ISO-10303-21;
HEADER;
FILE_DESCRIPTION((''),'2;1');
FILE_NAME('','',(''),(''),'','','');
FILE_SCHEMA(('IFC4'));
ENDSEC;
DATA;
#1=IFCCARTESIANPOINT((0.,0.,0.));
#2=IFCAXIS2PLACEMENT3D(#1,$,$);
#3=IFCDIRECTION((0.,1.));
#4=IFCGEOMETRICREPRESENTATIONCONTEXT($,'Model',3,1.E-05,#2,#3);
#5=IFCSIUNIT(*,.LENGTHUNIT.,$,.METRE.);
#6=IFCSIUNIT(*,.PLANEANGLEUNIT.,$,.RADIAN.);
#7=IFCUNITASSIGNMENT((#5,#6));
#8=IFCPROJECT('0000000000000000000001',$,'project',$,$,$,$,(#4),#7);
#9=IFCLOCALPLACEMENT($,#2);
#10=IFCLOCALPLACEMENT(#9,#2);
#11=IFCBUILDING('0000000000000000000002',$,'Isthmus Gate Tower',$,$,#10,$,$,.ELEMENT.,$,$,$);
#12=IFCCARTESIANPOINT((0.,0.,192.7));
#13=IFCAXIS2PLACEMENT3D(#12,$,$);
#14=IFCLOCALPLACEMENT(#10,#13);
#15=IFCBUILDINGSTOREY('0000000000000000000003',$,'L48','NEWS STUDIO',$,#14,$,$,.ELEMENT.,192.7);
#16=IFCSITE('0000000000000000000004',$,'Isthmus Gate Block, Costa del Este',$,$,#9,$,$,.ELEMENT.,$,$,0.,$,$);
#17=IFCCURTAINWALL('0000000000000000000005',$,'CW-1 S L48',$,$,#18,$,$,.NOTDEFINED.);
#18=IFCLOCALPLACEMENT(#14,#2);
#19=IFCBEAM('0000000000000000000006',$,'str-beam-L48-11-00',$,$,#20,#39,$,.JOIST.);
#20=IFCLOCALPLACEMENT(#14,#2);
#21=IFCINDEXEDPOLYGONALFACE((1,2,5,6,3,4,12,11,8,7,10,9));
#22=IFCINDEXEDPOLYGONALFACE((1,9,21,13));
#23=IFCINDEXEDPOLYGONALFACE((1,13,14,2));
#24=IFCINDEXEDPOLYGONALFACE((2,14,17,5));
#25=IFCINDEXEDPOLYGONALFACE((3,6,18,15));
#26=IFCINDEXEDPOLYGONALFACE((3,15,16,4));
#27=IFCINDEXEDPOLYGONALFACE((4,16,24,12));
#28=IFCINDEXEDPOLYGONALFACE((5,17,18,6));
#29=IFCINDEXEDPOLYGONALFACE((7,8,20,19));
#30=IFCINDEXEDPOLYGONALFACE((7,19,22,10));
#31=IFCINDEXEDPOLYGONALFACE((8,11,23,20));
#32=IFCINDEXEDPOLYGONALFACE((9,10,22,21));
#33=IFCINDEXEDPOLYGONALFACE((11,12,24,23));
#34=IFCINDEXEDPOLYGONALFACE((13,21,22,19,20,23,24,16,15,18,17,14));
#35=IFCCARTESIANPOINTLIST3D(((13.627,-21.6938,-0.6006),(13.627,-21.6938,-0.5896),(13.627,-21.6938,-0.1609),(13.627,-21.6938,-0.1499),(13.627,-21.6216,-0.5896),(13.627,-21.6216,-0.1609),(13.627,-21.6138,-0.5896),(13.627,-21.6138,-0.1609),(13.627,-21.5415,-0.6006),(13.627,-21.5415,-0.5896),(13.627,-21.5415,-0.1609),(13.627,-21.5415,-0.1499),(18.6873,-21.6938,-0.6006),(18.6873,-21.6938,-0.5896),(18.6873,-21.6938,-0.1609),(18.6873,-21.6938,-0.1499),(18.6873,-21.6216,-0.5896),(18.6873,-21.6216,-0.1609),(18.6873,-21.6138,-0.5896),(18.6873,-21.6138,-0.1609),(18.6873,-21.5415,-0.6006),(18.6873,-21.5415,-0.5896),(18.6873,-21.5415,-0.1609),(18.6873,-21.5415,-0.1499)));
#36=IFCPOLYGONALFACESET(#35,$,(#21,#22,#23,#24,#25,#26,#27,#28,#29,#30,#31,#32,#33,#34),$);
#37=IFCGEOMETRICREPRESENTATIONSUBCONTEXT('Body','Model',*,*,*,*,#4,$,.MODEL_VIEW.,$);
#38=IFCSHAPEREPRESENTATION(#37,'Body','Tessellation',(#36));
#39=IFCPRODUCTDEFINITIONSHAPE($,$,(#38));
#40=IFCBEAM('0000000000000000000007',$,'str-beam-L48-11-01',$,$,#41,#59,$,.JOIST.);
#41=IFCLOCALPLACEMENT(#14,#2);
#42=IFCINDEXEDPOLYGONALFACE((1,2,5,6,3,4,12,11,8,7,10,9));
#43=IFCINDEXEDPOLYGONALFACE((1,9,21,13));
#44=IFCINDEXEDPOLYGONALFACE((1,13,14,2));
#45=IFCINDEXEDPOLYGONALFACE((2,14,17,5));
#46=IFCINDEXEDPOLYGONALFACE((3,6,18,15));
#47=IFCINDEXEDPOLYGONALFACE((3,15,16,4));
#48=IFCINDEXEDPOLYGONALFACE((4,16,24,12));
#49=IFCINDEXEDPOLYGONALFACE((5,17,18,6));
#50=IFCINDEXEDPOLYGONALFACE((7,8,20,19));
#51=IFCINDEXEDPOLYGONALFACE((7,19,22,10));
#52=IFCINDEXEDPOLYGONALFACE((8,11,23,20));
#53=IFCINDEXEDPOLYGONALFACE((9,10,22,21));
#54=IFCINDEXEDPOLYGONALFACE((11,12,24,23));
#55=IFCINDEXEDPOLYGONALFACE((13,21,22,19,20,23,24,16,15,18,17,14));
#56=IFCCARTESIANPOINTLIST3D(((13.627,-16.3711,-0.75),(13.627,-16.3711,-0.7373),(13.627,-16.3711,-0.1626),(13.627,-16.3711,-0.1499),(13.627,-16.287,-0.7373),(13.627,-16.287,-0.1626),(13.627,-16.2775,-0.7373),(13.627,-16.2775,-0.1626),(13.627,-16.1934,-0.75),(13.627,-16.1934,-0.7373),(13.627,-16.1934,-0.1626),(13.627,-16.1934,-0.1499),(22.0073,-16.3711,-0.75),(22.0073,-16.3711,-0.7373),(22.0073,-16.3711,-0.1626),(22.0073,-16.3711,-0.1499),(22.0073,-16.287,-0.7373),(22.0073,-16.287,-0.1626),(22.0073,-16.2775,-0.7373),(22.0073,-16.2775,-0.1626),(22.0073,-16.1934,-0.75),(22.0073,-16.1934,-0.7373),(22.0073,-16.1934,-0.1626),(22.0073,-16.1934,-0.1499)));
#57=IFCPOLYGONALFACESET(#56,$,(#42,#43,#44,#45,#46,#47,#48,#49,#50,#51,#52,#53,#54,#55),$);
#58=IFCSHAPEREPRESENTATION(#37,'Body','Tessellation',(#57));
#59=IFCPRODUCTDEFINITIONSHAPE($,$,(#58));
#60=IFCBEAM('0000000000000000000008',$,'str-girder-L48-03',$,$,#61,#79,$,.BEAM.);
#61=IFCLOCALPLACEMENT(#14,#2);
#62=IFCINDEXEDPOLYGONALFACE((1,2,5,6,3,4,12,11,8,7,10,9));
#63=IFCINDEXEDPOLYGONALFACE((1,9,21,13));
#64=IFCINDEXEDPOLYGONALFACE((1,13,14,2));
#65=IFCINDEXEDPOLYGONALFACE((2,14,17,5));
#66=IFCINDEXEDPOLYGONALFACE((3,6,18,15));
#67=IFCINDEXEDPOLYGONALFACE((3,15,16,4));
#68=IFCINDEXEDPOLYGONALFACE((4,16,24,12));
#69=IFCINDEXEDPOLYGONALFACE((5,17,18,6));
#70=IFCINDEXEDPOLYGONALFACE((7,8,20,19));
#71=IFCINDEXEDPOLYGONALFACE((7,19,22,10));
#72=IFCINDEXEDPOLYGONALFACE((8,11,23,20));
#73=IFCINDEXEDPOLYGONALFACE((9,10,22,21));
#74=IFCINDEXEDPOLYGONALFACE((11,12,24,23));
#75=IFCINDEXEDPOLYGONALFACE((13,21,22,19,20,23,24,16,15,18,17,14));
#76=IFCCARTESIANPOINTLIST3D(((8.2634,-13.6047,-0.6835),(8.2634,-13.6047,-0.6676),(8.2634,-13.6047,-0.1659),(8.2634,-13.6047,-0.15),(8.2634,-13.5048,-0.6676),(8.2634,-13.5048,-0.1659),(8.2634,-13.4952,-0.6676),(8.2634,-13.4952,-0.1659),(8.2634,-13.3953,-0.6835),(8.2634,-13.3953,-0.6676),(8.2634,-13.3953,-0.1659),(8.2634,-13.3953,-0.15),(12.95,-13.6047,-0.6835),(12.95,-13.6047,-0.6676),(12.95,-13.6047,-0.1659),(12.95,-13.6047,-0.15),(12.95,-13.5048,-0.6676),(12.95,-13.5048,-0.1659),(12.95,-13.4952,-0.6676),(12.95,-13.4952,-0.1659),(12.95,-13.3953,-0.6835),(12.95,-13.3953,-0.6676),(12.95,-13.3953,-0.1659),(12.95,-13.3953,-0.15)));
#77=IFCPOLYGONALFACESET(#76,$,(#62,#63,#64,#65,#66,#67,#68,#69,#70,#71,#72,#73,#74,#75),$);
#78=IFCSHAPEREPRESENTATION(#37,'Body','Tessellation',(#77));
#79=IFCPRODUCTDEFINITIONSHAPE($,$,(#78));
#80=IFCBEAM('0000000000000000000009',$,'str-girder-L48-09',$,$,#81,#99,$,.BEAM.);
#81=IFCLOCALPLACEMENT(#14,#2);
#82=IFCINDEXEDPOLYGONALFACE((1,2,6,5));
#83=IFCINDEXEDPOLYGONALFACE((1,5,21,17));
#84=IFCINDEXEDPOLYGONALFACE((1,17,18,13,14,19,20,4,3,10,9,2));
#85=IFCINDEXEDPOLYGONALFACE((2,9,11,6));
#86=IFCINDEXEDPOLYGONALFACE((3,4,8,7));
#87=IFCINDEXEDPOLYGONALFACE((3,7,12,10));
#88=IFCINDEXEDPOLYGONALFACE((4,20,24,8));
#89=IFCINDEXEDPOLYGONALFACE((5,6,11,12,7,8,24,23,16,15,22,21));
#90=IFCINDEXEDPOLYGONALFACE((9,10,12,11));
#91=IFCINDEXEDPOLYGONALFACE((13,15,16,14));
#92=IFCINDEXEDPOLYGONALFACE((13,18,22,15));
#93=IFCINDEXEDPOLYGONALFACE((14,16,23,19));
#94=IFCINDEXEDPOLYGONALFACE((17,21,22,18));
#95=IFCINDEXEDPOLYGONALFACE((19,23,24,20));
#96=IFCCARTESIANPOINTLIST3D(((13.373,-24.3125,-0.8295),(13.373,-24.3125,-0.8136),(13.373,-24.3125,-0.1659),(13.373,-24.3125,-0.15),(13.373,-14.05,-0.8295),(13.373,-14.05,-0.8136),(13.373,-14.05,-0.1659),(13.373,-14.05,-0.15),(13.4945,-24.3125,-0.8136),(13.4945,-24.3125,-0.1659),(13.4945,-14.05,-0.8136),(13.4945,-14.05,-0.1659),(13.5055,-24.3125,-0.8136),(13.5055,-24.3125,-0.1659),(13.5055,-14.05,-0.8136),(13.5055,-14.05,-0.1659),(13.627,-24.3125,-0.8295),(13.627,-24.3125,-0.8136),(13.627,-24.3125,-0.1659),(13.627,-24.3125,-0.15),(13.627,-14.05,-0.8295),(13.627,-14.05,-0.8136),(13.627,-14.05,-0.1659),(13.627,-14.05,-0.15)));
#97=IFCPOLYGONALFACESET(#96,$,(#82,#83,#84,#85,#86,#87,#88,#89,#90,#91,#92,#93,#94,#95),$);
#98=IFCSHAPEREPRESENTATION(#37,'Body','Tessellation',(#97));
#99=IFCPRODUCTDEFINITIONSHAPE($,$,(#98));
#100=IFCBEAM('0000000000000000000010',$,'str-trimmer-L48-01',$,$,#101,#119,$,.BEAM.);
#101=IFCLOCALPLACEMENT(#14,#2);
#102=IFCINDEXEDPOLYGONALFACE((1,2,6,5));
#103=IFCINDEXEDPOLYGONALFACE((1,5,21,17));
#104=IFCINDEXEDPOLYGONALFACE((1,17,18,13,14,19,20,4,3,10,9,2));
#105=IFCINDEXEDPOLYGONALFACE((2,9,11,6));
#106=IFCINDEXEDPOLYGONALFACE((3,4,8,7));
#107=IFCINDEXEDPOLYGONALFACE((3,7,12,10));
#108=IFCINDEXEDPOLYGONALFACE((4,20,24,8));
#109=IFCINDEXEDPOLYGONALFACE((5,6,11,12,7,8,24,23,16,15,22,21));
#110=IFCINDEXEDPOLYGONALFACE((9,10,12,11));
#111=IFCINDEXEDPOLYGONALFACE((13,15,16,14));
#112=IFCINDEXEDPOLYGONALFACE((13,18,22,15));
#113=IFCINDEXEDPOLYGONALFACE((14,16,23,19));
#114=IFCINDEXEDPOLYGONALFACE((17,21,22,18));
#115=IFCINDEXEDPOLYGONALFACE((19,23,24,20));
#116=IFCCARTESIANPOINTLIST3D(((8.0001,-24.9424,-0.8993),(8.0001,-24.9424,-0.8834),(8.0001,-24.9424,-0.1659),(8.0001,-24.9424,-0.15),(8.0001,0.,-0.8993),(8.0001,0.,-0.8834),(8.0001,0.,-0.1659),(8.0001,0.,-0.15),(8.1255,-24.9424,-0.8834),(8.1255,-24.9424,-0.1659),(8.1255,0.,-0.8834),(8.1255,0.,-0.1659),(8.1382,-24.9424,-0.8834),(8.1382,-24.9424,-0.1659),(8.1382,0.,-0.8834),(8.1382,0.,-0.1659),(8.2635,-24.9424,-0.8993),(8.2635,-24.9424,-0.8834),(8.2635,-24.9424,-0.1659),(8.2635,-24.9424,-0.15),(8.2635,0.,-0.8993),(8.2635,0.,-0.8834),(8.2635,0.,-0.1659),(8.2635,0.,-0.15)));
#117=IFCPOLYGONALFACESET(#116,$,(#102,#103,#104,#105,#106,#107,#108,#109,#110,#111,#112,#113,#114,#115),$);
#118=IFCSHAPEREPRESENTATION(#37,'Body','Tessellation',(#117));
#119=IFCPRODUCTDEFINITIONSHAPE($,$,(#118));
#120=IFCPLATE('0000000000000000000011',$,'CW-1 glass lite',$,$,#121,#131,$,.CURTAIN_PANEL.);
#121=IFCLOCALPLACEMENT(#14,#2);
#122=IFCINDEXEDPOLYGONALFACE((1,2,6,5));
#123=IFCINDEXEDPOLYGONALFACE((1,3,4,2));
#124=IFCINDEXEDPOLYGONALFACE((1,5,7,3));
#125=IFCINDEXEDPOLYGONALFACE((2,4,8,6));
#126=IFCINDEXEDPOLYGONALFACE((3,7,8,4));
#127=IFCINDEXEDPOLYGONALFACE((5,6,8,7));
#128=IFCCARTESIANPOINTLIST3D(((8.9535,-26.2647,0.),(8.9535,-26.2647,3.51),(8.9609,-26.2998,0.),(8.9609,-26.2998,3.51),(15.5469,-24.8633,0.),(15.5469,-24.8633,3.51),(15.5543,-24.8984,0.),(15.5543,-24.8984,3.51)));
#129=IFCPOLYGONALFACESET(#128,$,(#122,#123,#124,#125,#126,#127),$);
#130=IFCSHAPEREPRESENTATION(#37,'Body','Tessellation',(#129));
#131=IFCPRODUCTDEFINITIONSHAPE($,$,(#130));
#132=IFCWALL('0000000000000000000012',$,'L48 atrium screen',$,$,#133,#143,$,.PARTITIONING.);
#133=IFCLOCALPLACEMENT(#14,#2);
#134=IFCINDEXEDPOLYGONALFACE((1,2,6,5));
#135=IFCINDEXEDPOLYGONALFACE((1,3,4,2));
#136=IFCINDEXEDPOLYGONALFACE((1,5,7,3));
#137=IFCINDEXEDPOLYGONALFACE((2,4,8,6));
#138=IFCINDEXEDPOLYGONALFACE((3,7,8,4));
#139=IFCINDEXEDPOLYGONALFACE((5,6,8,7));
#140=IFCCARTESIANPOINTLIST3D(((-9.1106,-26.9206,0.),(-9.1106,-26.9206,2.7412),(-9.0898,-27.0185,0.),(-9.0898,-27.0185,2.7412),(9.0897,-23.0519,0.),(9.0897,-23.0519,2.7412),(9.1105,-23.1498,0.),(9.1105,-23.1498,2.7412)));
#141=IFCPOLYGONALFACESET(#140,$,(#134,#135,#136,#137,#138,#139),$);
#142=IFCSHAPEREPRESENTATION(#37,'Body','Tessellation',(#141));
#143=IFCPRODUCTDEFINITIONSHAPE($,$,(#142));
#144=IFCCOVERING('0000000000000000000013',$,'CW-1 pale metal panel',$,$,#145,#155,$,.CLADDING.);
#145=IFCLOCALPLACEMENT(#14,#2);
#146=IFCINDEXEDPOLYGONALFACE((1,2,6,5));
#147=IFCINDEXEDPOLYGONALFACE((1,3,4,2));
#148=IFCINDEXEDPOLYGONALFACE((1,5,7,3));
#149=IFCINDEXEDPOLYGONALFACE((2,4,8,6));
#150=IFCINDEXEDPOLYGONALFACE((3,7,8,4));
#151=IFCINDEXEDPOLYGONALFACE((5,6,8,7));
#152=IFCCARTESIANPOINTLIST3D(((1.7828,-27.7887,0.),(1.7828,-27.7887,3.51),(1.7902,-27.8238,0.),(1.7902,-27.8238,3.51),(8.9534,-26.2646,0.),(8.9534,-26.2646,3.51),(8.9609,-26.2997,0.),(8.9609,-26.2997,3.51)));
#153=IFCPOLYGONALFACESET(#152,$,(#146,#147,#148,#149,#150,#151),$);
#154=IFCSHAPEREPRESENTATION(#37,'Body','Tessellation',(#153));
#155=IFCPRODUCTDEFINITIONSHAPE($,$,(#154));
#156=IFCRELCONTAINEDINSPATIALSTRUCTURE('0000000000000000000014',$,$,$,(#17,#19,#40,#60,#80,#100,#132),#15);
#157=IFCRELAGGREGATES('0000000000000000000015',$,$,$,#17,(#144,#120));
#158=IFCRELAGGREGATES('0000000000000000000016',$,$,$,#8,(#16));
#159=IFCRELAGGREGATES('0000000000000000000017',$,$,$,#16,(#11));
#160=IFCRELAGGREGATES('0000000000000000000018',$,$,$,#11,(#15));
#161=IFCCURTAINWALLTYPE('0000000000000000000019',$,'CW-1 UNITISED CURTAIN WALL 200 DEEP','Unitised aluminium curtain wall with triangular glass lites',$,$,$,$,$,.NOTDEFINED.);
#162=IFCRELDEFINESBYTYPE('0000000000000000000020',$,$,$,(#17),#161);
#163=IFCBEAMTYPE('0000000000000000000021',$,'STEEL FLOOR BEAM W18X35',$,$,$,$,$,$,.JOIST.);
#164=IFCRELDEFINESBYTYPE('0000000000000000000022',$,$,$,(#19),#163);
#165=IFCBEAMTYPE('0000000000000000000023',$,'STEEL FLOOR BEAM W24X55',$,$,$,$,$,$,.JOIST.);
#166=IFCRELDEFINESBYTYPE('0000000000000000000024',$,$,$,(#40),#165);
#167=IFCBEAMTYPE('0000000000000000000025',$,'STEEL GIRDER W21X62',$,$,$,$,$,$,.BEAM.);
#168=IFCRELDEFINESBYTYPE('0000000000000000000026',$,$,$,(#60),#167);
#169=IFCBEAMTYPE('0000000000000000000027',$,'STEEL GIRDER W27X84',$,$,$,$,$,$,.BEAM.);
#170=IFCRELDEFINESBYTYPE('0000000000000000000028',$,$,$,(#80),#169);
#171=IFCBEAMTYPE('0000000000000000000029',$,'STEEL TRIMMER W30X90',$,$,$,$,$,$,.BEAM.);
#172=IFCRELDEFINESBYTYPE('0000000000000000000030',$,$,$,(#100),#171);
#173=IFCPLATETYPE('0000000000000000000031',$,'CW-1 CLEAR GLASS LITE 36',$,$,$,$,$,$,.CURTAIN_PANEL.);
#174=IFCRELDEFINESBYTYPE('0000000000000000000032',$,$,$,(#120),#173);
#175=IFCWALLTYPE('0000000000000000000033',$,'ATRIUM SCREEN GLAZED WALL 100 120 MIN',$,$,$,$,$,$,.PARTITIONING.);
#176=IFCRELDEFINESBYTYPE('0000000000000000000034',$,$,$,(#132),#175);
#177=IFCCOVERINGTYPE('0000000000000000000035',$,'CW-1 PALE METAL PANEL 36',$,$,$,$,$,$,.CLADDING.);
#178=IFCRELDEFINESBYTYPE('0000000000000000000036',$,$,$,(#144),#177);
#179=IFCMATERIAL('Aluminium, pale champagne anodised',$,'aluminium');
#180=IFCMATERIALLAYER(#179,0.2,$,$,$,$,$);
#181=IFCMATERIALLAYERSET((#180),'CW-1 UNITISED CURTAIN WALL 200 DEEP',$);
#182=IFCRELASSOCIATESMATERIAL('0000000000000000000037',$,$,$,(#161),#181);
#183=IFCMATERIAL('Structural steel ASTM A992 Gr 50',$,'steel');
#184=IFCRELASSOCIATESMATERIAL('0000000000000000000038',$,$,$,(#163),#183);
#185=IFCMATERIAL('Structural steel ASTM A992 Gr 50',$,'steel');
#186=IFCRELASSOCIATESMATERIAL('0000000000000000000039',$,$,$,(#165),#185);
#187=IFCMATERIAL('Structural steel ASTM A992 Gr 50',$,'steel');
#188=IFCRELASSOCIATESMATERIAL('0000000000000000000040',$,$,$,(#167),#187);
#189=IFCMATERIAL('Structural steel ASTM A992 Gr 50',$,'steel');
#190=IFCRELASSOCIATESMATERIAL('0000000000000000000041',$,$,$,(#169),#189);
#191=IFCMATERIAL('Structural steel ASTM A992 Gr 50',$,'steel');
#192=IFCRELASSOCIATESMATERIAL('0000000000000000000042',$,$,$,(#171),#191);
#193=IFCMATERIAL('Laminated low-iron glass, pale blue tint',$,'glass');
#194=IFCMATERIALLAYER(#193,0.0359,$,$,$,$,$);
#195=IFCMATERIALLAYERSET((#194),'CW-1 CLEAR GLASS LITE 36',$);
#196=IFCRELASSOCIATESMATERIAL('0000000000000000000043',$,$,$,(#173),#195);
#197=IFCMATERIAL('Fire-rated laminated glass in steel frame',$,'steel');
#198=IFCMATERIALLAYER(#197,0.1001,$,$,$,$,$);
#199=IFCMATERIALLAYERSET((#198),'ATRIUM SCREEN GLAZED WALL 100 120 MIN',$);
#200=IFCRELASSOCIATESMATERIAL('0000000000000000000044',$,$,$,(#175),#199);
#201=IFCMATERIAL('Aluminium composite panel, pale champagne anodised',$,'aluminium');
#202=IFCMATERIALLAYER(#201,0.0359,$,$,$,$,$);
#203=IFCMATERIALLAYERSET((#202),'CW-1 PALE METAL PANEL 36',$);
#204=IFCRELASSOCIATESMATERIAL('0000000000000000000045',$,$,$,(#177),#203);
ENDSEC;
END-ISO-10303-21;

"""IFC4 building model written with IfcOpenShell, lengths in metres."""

from ifc_helpers import new_model, si_unit, direction, frame, frame_2d, origin, origin_2d, place, context, subcontext, project, spatial, rectangle, i_section, extrude, material, layer, layer_set, material_profile, profile_set, type_object, element, aggregate, save


model = new_model("IFC4")

# Units and contexts
model_context = context("Model", 3, precision=1e-05, world=origin(), true_north=direction((0.0, 1.0)))
body_context = subcontext(model_context, "Body", "Model", "MODEL_VIEW")
ifc_project = project(units=[si_unit("LENGTHUNIT", "METRE"), si_unit("PLANEANGLEUNIT", "RADIAN")], contexts=[model_context])

# Site, building, storey
site_placement = place(None, origin())
site = spatial("IfcSite", under=ifc_project, at=site_placement, Name="Isthmus Gate Block, Costa del Este", CompositionType="ELEMENT", RefElevation=0.0)
building_placement = place(site_placement, origin())
building = spatial("IfcBuilding", under=site, at=building_placement, Name="Isthmus Gate Tower", CompositionType="ELEMENT")
storey_placement = place(building_placement, frame((0.0, 0.0, 192.7)))
storey = spatial("IfcBuildingStorey", under=building, at=storey_placement, Name="L48", Description="NEWS STUDIO", CompositionType="ELEMENT", Elevation=192.7)

# Curtain wall
ifc_material_1 = material(Name="Aluminium, pale champagne anodised", Category="aluminium")
ifc_layer_1 = layer(ifc_material_1, 0.2)
ifc_layer_set_1 = layer_set([ifc_layer_1], Name="CW-1 UNITISED CURTAIN WALL 200 DEEP")
curtain_wall_type = type_object("IfcCurtainWallType", Name="CW-1 UNITISED CURTAIN WALL 200 DEEP", Description="Unitised aluminium curtain wall with triangular glass lites", PredefinedType="NOTDEFINED", material=ifc_layer_set_1)
curtain_wall_placement = place(storey_placement, origin())
curtain_wall = element("IfcCurtainWall", 1, at=curtain_wall_placement, inside=storey, type_object=curtain_wall_type, Name="CW-1 S L48", PredefinedType="NOTDEFINED")

# Beams
ifc_material_2 = material(Name="Structural steel ASTM A992 Gr 50", Category="steel")
ifc_material_profile_1 = material_profile(ifc_material_2, i_section(OverallWidth=0.1523, OverallDepth=0.4507, WebThickness=0.0078, FlangeThickness=0.011, at=origin_2d()), Name="W18X35")
ifc_profile_set_1 = profile_set([ifc_material_profile_1], Name="Structural steel ASTM A992 Gr 50")
beam_type_1 = type_object("IfcBeamType", Name="STEEL FLOOR BEAM W18X35", PredefinedType="JOIST", material=ifc_profile_set_1)
beam_1_placement = place(storey_placement, frame((13.627, -21.6177, -0.3752), z_axis=(1.0, 0.0, 0.0), x_axis=(0.0, 1.0, 0.0)))
element("IfcBeam", 2, at=beam_1_placement, inside=storey, type_object=beam_type_1, Name="str-beam-L48-11-00", PredefinedType="JOIST", context=body_context, shape_type="SweptSolid", body=[
    extrude(i_section(OverallWidth=0.1523, OverallDepth=0.4507, WebThickness=0.0078, FlangeThickness=0.011, at=origin_2d()), origin(), (0.0, 0.0, 1.0), 5.0603),
])
ifc_material_3 = material(Name="Structural steel ASTM A992 Gr 50", Category="steel")
ifc_material_profile_2 = material_profile(ifc_material_3, i_section(OverallWidth=0.1777, OverallDepth=0.6001, WebThickness=0.0095, FlangeThickness=0.0127, at=origin_2d()), Name="W24X55")
ifc_profile_set_2 = profile_set([ifc_material_profile_2], Name="Structural steel ASTM A992 Gr 50")
beam_type_2 = type_object("IfcBeamType", Name="STEEL FLOOR BEAM W24X55", PredefinedType="JOIST", material=ifc_profile_set_2)
beam_2_placement = place(storey_placement, frame((13.627, -16.2822, -0.45), z_axis=(1.0, 0.0, 0.0), x_axis=(0.0, 1.0, 0.0)))
element("IfcBeam", 3, at=beam_2_placement, inside=storey, type_object=beam_type_2, Name="str-beam-L48-11-01", PredefinedType="JOIST", context=body_context, shape_type="SweptSolid", body=[
    extrude(i_section(OverallWidth=0.1777, OverallDepth=0.6001, WebThickness=0.0095, FlangeThickness=0.0127, at=origin_2d()), origin(), (0.0, 0.0, 1.0), 8.3804),
])
ifc_material_4 = material(Name="Structural steel ASTM A992 Gr 50", Category="steel")
ifc_material_profile_3 = material_profile(ifc_material_4, i_section(OverallWidth=0.2095, OverallDepth=0.5334, WebThickness=0.0095, FlangeThickness=0.0159, at=origin_2d()), Name="W21X62")
ifc_profile_set_3 = profile_set([ifc_material_profile_3], Name="Structural steel ASTM A992 Gr 50")
beam_type_3 = type_object("IfcBeamType", Name="STEEL GIRDER W21X62", PredefinedType="BEAM", material=ifc_profile_set_3)
beam_3_placement = place(storey_placement, frame((8.2634, -13.5, -0.4167), z_axis=(1.0, 0.0, 0.0), x_axis=(0.0, 1.0, 0.0)))
element("IfcBeam", 4, at=beam_3_placement, inside=storey, type_object=beam_type_3, Name="str-girder-L48-03", PredefinedType="BEAM", context=body_context, shape_type="SweptSolid", body=[
    extrude(i_section(OverallWidth=0.2095, OverallDepth=0.5334, WebThickness=0.0095, FlangeThickness=0.0159, at=origin_2d()), origin(), (0.0, 0.0, 1.0), 4.6865),
])
ifc_material_5 = material(Name="Structural steel ASTM A992 Gr 50", Category="steel")
ifc_material_profile_4 = material_profile(ifc_material_5, i_section(OverallWidth=0.2539, OverallDepth=0.6794, WebThickness=0.011, FlangeThickness=0.0159, at=origin_2d()), Name="W27X84")
ifc_profile_set_4 = profile_set([ifc_material_profile_4], Name="Structural steel ASTM A992 Gr 50")
beam_type_4 = type_object("IfcBeamType", Name="STEEL GIRDER W27X84", PredefinedType="BEAM", material=ifc_profile_set_4)
beam_4_placement = place(storey_placement, frame((13.5, -24.3125, -0.4897), z_axis=(0.0, 1.0, 0.0), x_axis=(-1.0, 0.0, 0.0)))
element("IfcBeam", 5, at=beam_4_placement, inside=storey, type_object=beam_type_4, Name="str-girder-L48-09", PredefinedType="BEAM", context=body_context, shape_type="SweptSolid", body=[
    extrude(i_section(OverallWidth=0.2539, OverallDepth=0.6794, WebThickness=0.011, FlangeThickness=0.0159, at=origin_2d()), origin(), (0.0, 0.0, 1.0), 10.2625),
])
ifc_material_6 = material(Name="Structural steel ASTM A992 Gr 50", Category="steel")
ifc_material_profile_5 = material_profile(ifc_material_6, i_section(OverallWidth=0.2634, OverallDepth=0.7493, WebThickness=0.0127, FlangeThickness=0.0159, at=origin_2d()), Name="W30X90")
ifc_profile_set_5 = profile_set([ifc_material_profile_5], Name="Structural steel ASTM A992 Gr 50")
beam_type_5 = type_object("IfcBeamType", Name="STEEL TRIMMER W30X90", PredefinedType="BEAM", material=ifc_profile_set_5)
beam_5_placement = place(storey_placement, frame((8.1318, -24.9424, -0.5247), z_axis=(0.0, 1.0, 0.0), x_axis=(-1.0, 0.0, 0.0)))
element("IfcBeam", 6, at=beam_5_placement, inside=storey, type_object=beam_type_5, Name="str-trimmer-L48-01", PredefinedType="BEAM", context=body_context, shape_type="SweptSolid", body=[
    extrude(i_section(OverallWidth=0.2634, OverallDepth=0.7493, WebThickness=0.0127, FlangeThickness=0.0159, at=origin_2d()), origin(), (0.0, 0.0, 1.0), 24.9424),
])

# Plate
ifc_material_7 = material(Name="Laminated low-iron glass, pale blue tint", Category="glass")
ifc_layer_2 = layer(ifc_material_7, 0.0359)
ifc_layer_set_2 = layer_set([ifc_layer_2], Name="CW-1 CLEAR GLASS LITE 36")
plate_type = type_object("IfcPlateType", Name="CW-1 CLEAR GLASS LITE 36", PredefinedType="CURTAIN_PANEL", material=ifc_layer_set_2)
plate_placement = place(storey_placement, frame((12.2539, -25.5815, 0.0), z_axis=(0.0, 0.0, 1.0), x_axis=(0.978148, 0.207912, 0.0)))
plate = element("IfcPlate", 7, at=plate_placement, type_object=plate_type, Name="CW-1 glass lite", PredefinedType="CURTAIN_PANEL", context=body_context, shape_type="SweptSolid", body=[
    extrude(rectangle(XDim=6.7407, YDim=0.0359, at=origin_2d()), origin(), (0.0, 0.0, 1.0), 3.51),
])

# Wall
ifc_material_8 = material(Name="Fire-rated laminated glass in steel frame", Category="steel")
ifc_layer_3 = layer(ifc_material_8, 0.1001)
ifc_layer_set_3 = layer_set([ifc_layer_3], Name="ATRIUM SCREEN GLAZED WALL 100 120 MIN")
wall_type = type_object("IfcWallType", Name="ATRIUM SCREEN GLAZED WALL 100 120 MIN", PredefinedType="PARTITIONING", material=ifc_layer_set_3)
wall_placement = place(storey_placement, frame((9.1001, -23.1008, 0.0), z_axis=(0.0, 0.0, 1.0), x_axis=(-0.978147, -0.207916, 0.0)))
element("IfcWall", 8, at=wall_placement, inside=storey, type_object=wall_type, Name="L48 atrium screen", PredefinedType="PARTITIONING", context=body_context, shape_type="SweptSolid", body=[
    extrude(rectangle(XDim=18.6069, YDim=0.1001, at=frame_2d((9.3035, 0.0))), origin(), (0.0, 0.0, 1.0), 2.7412),
])

# Covering
ifc_material_9 = material(Name="Aluminium composite panel, pale champagne anodised", Category="aluminium")
ifc_layer_4 = layer(ifc_material_9, 0.0359)
ifc_layer_set_4 = layer_set([ifc_layer_4], Name="CW-1 PALE METAL PANEL 36")
covering_type = type_object("IfcCoveringType", Name="CW-1 PALE METAL PANEL 36", PredefinedType="CLADDING", material=ifc_layer_set_4)
covering_placement = place(storey_placement, frame((5.3718, -27.0442, 0.0), z_axis=(0.0, 0.0, 1.0), x_axis=(0.978148, 0.207912, 0.0)))
covering = element("IfcCovering", 9, at=covering_placement, type_object=covering_type, Name="CW-1 pale metal panel", PredefinedType="CLADDING", context=body_context, shape_type="SweptSolid", body=[
    extrude(rectangle(XDim=7.3308, YDim=0.0359, at=origin_2d()), origin(), (0.0, 0.0, 1.0), 3.51),
])
aggregate(curtain_wall, [covering, plate])

save(model, "model.ifc")
